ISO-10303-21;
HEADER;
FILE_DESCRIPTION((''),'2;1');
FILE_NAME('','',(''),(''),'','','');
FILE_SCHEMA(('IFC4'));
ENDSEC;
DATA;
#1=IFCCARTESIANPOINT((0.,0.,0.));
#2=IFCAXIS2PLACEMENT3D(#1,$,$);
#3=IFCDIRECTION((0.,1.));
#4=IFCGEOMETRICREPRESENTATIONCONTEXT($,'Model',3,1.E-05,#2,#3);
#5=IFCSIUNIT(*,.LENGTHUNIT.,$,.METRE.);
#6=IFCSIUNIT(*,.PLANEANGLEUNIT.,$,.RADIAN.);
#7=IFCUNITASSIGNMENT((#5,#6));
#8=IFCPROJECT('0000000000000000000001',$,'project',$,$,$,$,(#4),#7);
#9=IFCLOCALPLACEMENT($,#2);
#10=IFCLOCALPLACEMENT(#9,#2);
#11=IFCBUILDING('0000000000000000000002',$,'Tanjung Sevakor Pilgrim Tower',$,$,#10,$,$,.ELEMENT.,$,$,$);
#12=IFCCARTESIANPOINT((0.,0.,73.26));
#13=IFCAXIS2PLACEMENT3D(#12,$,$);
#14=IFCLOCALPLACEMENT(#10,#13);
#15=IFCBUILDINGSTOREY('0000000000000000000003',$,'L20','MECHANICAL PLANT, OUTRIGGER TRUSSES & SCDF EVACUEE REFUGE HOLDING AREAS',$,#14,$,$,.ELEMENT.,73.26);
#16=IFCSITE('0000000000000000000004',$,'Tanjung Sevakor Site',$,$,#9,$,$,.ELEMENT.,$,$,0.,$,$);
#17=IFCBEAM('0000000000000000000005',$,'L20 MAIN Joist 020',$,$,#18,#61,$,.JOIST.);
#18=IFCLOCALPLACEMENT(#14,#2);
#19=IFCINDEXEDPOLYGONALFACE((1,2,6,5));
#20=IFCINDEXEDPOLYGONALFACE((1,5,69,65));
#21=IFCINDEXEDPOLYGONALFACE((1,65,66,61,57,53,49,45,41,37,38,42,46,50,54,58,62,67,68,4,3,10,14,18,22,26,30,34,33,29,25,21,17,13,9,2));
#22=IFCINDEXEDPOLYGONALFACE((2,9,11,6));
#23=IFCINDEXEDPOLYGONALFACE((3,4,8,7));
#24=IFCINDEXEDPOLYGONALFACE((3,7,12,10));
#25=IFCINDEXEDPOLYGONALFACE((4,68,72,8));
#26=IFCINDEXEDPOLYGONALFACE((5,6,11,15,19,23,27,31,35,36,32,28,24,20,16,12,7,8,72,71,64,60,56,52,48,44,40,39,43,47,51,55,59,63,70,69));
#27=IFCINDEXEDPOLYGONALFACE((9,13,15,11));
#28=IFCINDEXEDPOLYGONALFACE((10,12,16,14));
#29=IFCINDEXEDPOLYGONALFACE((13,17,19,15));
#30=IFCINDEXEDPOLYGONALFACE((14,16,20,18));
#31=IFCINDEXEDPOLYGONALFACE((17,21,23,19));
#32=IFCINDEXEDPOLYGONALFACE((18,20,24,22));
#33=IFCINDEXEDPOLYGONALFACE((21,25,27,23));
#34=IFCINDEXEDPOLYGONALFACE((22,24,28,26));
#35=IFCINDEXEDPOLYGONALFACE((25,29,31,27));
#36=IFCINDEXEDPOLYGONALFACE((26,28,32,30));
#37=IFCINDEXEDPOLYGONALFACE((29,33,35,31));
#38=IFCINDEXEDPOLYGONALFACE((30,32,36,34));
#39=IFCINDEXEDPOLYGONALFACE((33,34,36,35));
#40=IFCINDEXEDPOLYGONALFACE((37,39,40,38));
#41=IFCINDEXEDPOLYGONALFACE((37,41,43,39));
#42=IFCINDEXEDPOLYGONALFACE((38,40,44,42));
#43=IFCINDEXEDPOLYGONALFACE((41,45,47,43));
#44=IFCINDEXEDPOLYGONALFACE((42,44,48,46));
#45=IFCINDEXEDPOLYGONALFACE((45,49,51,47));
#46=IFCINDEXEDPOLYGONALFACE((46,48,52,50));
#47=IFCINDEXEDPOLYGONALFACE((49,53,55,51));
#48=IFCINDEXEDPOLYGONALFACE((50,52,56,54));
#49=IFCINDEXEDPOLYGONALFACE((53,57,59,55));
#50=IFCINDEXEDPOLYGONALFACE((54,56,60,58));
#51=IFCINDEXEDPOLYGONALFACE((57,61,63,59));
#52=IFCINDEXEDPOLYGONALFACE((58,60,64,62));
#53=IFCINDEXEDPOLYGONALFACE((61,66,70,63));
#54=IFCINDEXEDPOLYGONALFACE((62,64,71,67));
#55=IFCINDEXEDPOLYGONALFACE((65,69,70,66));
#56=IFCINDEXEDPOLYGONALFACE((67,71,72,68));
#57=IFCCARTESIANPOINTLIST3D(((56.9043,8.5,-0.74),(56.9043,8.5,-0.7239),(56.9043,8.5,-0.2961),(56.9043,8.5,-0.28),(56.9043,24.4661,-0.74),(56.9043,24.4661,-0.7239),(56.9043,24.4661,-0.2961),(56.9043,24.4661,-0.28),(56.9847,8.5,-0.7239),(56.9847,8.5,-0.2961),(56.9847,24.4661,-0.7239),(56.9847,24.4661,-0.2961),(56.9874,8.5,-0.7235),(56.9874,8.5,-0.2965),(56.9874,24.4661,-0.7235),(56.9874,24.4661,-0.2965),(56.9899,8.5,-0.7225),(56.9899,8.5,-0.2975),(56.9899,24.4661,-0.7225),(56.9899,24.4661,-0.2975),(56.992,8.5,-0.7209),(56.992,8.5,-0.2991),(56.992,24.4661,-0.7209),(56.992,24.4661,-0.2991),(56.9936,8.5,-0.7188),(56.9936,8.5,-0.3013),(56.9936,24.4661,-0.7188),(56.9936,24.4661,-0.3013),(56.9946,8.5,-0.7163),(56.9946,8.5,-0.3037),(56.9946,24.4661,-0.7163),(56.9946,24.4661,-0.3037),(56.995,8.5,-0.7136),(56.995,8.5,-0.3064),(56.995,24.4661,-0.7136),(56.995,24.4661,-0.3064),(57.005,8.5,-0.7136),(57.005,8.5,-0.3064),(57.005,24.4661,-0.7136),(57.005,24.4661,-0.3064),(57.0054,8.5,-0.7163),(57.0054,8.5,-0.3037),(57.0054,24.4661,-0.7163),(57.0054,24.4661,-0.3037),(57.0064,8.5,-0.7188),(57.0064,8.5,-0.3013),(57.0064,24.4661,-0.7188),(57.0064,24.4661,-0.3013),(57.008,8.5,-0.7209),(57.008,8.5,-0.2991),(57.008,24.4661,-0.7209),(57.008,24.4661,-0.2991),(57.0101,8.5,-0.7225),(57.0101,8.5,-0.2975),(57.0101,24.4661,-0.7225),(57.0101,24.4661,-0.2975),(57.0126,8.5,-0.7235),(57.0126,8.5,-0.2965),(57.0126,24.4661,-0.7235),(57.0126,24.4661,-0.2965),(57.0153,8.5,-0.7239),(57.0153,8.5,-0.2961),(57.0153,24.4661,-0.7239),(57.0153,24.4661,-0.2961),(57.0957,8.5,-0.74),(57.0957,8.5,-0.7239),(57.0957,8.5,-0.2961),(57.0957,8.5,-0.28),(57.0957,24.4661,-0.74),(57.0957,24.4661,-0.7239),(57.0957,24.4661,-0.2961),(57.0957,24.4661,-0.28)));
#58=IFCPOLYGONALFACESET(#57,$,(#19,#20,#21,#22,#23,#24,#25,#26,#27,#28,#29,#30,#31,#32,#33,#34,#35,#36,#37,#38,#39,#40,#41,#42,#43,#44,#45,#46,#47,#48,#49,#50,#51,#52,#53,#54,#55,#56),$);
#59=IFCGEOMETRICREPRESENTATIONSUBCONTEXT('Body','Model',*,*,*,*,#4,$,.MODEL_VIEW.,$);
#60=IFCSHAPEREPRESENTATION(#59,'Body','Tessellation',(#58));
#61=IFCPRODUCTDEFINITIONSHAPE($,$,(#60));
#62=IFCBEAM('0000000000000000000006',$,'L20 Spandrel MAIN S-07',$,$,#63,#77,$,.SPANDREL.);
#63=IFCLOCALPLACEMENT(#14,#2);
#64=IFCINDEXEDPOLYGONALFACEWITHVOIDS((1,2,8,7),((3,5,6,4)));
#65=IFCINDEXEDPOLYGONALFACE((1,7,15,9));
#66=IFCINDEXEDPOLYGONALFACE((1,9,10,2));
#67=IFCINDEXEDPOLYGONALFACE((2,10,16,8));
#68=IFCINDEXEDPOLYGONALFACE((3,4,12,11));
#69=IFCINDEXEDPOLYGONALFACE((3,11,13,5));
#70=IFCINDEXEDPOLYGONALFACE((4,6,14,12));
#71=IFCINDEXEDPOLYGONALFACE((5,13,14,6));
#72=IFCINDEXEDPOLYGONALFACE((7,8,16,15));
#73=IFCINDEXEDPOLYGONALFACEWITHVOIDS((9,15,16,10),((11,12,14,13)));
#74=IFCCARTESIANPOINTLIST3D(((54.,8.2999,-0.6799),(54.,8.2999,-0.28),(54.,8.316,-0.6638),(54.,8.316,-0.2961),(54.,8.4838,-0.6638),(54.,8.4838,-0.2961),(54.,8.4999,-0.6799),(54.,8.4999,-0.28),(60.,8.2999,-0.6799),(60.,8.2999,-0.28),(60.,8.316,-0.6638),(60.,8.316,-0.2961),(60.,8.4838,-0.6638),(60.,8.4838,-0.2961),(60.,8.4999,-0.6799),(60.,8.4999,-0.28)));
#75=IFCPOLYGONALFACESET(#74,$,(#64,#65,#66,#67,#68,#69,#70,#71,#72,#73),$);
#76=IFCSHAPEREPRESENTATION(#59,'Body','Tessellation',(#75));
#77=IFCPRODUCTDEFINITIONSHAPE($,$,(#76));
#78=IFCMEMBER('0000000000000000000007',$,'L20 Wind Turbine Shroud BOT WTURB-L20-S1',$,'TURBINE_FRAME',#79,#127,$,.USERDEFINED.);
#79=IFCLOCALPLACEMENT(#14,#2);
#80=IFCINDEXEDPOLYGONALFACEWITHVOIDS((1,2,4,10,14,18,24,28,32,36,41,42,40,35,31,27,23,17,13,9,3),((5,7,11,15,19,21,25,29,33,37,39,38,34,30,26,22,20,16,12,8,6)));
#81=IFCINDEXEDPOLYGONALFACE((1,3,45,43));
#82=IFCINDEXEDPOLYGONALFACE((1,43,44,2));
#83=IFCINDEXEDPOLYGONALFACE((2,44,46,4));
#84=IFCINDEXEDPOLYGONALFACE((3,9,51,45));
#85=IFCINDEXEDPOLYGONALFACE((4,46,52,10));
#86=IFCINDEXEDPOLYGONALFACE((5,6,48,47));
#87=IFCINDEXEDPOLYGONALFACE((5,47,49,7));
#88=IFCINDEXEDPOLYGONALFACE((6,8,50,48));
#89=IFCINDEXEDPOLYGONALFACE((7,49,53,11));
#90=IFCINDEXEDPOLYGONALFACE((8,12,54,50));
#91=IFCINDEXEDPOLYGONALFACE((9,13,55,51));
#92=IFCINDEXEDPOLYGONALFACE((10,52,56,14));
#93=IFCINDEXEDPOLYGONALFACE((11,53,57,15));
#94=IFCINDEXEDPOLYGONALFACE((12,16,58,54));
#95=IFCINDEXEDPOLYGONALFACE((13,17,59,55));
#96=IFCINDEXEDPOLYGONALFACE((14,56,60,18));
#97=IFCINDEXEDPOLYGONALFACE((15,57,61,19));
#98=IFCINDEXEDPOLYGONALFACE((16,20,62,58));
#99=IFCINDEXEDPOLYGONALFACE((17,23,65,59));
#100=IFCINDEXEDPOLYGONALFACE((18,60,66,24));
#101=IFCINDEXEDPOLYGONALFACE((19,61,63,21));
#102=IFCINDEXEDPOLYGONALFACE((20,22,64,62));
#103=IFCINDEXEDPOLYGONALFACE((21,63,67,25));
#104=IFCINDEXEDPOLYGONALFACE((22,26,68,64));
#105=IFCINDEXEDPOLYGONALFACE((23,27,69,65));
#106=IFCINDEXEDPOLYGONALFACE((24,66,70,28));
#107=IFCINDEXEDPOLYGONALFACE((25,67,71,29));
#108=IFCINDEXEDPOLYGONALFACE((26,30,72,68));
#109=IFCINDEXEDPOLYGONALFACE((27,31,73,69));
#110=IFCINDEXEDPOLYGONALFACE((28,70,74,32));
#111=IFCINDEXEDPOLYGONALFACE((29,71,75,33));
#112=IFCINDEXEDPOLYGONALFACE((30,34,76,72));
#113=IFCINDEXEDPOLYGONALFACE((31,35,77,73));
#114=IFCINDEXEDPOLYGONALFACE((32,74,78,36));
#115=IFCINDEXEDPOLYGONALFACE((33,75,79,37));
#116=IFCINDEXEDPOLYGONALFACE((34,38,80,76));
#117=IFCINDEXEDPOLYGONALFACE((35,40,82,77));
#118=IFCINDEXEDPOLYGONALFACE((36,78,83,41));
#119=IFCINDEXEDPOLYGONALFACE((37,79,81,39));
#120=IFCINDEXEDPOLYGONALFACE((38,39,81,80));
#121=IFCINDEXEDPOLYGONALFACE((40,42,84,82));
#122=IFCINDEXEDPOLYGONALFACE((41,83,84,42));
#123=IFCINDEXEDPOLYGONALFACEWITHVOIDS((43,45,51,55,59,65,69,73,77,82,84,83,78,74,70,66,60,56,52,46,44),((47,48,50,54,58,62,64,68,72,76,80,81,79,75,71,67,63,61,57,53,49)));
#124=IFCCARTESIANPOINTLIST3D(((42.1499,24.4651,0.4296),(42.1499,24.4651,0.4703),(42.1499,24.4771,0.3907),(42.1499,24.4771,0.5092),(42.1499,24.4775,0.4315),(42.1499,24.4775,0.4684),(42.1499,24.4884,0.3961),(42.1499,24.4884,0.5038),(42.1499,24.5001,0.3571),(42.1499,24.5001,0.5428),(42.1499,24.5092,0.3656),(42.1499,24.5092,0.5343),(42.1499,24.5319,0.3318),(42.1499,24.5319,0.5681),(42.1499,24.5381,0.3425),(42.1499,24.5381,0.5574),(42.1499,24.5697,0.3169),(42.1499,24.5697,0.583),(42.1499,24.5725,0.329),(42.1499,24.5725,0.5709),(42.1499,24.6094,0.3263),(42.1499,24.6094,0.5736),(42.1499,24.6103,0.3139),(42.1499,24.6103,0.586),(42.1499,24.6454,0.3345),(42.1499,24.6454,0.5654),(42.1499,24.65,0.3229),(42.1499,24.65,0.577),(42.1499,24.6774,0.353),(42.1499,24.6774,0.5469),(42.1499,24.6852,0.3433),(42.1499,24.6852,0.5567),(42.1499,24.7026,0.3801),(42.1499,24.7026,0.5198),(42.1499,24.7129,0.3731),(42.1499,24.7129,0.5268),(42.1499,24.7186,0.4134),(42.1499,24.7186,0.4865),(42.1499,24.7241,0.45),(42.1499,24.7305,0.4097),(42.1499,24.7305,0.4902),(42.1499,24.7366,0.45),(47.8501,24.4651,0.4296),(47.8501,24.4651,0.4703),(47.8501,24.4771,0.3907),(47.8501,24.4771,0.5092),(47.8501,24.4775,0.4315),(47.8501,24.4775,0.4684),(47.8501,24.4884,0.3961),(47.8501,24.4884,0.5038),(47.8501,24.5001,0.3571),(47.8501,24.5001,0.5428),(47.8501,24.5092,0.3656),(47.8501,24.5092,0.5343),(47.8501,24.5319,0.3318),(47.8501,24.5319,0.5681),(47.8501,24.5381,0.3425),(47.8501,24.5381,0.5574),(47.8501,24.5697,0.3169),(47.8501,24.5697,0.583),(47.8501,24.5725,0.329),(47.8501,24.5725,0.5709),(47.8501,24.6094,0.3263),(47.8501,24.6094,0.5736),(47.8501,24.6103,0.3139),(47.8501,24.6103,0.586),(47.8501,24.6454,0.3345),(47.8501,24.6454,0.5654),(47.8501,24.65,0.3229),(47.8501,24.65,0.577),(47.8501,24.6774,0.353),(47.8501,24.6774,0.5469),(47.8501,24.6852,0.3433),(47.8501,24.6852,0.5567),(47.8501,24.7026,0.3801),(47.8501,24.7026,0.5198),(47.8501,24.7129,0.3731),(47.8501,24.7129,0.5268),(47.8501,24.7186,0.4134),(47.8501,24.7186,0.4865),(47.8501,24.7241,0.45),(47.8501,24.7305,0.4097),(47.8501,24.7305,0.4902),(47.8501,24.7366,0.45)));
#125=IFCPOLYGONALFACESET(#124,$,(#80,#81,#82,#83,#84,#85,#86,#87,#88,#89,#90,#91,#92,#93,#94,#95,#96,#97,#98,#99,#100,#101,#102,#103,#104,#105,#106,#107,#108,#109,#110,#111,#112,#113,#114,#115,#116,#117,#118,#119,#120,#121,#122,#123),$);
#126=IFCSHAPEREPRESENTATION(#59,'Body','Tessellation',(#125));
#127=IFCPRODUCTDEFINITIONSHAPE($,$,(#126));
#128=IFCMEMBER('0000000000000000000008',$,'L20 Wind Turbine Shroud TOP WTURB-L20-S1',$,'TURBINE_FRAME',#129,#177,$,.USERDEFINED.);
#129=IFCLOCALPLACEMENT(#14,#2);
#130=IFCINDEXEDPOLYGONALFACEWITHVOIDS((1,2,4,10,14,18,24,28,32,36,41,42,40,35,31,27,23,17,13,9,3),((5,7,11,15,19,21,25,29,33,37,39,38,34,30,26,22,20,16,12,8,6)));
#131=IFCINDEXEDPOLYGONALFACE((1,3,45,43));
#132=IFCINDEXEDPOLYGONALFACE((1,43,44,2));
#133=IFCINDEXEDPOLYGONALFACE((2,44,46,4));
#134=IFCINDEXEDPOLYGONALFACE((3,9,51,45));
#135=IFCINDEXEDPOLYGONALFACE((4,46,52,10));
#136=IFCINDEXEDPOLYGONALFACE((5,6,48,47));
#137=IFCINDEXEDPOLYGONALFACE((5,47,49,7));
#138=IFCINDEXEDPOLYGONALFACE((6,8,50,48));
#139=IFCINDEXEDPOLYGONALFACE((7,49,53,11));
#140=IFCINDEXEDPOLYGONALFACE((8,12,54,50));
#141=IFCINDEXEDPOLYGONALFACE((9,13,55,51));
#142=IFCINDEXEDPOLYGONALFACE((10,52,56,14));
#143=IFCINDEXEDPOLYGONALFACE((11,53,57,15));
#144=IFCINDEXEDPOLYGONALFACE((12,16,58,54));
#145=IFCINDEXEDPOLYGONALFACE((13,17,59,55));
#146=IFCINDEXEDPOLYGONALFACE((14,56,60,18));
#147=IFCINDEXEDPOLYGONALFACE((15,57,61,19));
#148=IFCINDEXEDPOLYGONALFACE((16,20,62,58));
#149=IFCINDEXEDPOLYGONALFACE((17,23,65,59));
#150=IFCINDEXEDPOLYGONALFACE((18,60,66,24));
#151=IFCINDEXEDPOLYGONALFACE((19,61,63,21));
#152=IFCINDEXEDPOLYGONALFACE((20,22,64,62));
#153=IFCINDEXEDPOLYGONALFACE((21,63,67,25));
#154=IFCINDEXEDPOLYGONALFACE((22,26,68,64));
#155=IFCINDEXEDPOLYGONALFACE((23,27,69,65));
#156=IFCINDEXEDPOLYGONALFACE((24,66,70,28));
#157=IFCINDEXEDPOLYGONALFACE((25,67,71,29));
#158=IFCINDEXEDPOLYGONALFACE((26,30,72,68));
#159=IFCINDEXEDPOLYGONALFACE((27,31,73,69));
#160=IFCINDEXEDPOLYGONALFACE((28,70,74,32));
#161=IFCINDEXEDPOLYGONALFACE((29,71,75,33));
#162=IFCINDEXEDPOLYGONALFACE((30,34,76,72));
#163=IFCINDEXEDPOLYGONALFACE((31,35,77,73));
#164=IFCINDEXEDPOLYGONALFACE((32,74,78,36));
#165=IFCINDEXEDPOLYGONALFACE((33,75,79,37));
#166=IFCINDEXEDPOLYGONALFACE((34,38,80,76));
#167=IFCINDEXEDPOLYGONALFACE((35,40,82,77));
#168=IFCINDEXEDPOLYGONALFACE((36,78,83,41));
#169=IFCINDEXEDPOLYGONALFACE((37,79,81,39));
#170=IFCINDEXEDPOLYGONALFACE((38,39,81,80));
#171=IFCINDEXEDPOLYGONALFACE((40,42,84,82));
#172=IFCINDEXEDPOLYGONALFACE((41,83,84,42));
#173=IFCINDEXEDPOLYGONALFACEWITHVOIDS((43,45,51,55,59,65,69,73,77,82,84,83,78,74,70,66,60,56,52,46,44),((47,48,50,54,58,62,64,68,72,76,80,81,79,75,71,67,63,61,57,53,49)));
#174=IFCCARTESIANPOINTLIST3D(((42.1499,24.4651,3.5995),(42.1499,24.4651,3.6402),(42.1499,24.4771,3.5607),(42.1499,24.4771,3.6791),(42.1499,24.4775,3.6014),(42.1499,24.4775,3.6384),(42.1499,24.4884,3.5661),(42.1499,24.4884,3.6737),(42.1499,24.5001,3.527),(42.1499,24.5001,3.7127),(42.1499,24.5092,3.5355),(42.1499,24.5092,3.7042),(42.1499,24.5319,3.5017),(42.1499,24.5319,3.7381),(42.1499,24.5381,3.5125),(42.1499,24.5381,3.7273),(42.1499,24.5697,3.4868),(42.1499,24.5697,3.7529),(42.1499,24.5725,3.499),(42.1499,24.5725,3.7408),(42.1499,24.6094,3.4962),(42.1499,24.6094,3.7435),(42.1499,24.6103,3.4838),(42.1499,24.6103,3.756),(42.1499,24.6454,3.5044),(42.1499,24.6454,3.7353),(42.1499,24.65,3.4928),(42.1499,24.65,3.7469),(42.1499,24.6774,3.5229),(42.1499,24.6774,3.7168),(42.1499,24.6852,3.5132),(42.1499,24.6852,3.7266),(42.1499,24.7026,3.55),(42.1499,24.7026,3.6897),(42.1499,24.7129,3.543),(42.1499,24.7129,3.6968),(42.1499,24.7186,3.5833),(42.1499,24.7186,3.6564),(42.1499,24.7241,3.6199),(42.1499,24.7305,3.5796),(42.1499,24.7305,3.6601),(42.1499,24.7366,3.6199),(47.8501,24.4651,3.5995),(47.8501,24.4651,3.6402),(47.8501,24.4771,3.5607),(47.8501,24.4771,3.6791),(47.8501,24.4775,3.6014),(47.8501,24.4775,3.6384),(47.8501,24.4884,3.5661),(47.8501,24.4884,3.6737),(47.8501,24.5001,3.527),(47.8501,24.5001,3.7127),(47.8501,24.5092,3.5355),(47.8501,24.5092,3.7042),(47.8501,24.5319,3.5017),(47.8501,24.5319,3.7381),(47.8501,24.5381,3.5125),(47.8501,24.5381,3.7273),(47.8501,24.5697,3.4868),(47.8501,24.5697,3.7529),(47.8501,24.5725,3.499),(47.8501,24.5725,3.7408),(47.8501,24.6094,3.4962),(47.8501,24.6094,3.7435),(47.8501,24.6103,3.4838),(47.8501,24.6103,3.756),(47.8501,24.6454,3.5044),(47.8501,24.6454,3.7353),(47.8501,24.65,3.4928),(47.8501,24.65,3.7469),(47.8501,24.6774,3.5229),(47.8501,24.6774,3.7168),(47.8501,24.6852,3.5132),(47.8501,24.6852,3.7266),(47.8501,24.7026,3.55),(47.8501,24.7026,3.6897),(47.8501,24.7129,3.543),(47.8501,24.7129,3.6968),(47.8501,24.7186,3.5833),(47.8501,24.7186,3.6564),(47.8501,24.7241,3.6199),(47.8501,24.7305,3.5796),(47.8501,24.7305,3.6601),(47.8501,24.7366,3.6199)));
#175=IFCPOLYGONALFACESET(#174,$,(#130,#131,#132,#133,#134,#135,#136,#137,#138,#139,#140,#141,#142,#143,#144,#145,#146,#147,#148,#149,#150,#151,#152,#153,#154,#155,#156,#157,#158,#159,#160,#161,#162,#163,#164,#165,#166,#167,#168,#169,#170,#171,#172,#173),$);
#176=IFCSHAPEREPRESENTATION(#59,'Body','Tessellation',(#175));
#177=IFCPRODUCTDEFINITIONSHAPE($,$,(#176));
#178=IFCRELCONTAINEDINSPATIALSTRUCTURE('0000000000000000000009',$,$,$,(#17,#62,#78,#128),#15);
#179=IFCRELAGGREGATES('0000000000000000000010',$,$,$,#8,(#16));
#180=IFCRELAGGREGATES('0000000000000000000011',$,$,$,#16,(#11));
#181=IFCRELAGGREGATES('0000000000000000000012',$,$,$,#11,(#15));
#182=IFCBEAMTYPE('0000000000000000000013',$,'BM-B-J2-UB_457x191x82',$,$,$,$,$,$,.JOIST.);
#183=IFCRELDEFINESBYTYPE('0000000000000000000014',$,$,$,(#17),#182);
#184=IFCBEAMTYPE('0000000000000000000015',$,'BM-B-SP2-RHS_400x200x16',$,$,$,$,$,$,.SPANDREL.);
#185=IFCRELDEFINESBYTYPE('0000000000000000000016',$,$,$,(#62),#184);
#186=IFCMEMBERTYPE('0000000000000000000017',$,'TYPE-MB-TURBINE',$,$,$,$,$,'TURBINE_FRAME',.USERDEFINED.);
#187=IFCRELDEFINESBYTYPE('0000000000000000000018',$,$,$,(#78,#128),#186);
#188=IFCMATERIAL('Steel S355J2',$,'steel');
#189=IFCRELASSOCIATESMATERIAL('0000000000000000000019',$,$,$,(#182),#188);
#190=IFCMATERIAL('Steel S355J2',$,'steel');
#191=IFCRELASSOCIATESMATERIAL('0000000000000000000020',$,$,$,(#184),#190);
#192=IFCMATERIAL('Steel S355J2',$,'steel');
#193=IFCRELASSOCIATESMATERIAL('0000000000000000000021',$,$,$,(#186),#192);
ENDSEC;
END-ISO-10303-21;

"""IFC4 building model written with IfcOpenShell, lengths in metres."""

from ifc_helpers import new_model, si_unit, direction, frame, origin, origin_2d, place, context, subcontext, project, spatial, hollow_rectangle, hollow_circle, i_section, extrude, material, material_profile, profile_set, type_object, element, save


model = new_model("IFC4")

# Units and contexts
model_context = context("Model", 3, precision=1e-05, world=origin(), true_north=direction((0.0, 1.0)))
body_context = subcontext(model_context, "Body", "Model", "MODEL_VIEW")
ifc_project = project(units=[si_unit("LENGTHUNIT", "METRE"), si_unit("PLANEANGLEUNIT", "RADIAN")], contexts=[model_context])

# Site, building, storey
site_placement = place(None, origin())
site = spatial("IfcSite", under=ifc_project, at=site_placement, Name="Tanjung Sevakor Site", CompositionType="ELEMENT", RefElevation=0.0)
building_placement = place(site_placement, origin())
building = spatial("IfcBuilding", under=site, at=building_placement, Name="Tanjung Sevakor Pilgrim Tower", CompositionType="ELEMENT")
storey_placement = place(building_placement, frame((0.0, 0.0, 73.26)))
storey = spatial("IfcBuildingStorey", under=building, at=storey_placement, Name="L20", Description="MECHANICAL PLANT, OUTRIGGER TRUSSES & SCDF EVACUEE REFUGE HOLDING AREAS", CompositionType="ELEMENT", Elevation=73.26)

# Beams
ifc_material_1 = material(Name="Steel S355J2", Category="steel")
ifc_material_profile_1 = material_profile(ifc_material_1, i_section(OverallWidth=0.1914, OverallDepth=0.46, WebThickness=0.01, FlangeThickness=0.0161, FilletRadius=0.0103, at=origin_2d()))
ifc_profile_set_1 = profile_set([ifc_material_profile_1], Name="Steel S355J2")
beam_type_1 = type_object("IfcBeamType", Name="BM-B-J2-UB_457x191x82", PredefinedType="JOIST", material=ifc_profile_set_1)
beam_1_placement = place(storey_placement, frame((57.0, 8.5, -0.51), z_axis=(0.0, 1.0, 0.0), x_axis=(-1.0, 0.0, 0.0)))
element("IfcBeam", 1, at=beam_1_placement, inside=storey, type_object=beam_type_1, Name="L20 MAIN Joist 020", PredefinedType="JOIST", context=body_context, shape_type="SweptSolid", body=[
    extrude(i_section(OverallWidth=0.1914, OverallDepth=0.46, WebThickness=0.01, FlangeThickness=0.0161, FilletRadius=0.0103, at=origin_2d()), origin(), (0.0, 0.0, 1.0), 15.9661),
])
ifc_material_2 = material(Name="Steel S355J2", Category="steel")
ifc_material_profile_2 = material_profile(ifc_material_2, hollow_rectangle(XDim=0.2, YDim=0.3999, WallThickness=0.0161, at=origin_2d()))
ifc_profile_set_2 = profile_set([ifc_material_profile_2], Name="Steel S355J2")
beam_type_2 = type_object("IfcBeamType", Name="BM-B-SP2-RHS_400x200x16", PredefinedType="SPANDREL", material=ifc_profile_set_2)
beam_2_placement = place(storey_placement, frame((54.0, 8.3999, -0.48), z_axis=(1.0, 0.0, 0.0), x_axis=(0.0, 1.0, 0.0)))
element("IfcBeam", 2, at=beam_2_placement, inside=storey, type_object=beam_type_2, Name="L20 Spandrel MAIN S-07", PredefinedType="SPANDREL", context=body_context, shape_type="SweptSolid", body=[
    extrude(hollow_rectangle(XDim=0.2, YDim=0.3999, WallThickness=0.0161, at=origin_2d()), origin(), (0.0, 0.0, 1.0), 6.0),
])

# Members
ifc_material_3 = material(Name="Steel S355J2", Category="steel")
ifc_material_profile_3 = material_profile(ifc_material_3, hollow_circle(Radius=0.1365, WallThickness=0.0125, at=origin_2d()))
ifc_profile_set_3 = profile_set([ifc_material_profile_3], Name="Steel S355J2")
member_type = type_object("IfcMemberType", Name="TYPE-MB-TURBINE", ElementType="TURBINE_FRAME", PredefinedType="USERDEFINED", material=ifc_profile_set_3)
for number, where, z_axis, x_axis, name in (
    (3, (42.1499, 24.6001, 0.45), (1.0, 0.0, 0.0), (0.0, 1.0, 0.0), "L20 Wind Turbine Shroud BOT WTURB-L20-S1"),
    (4, (42.1499, 24.6001, 3.6199), (1.0, 0.0, 0.0), (0.0, 1.0, 0.0), "L20 Wind Turbine Shroud TOP WTURB-L20-S1"),
):
    element("IfcMember", number, at=place(storey_placement, frame(where, z_axis=z_axis, x_axis=x_axis)), inside=storey, type_object=member_type, Name=name, ObjectType="TURBINE_FRAME", PredefinedType="USERDEFINED", context=body_context, shape_type="SweptSolid", body=[
        extrude(hollow_circle(Radius=0.1365, WallThickness=0.0125, at=origin_2d()), origin(), (0.0, 0.0, 1.0), 5.7002),
    ])

save(model, "model.ifc")
